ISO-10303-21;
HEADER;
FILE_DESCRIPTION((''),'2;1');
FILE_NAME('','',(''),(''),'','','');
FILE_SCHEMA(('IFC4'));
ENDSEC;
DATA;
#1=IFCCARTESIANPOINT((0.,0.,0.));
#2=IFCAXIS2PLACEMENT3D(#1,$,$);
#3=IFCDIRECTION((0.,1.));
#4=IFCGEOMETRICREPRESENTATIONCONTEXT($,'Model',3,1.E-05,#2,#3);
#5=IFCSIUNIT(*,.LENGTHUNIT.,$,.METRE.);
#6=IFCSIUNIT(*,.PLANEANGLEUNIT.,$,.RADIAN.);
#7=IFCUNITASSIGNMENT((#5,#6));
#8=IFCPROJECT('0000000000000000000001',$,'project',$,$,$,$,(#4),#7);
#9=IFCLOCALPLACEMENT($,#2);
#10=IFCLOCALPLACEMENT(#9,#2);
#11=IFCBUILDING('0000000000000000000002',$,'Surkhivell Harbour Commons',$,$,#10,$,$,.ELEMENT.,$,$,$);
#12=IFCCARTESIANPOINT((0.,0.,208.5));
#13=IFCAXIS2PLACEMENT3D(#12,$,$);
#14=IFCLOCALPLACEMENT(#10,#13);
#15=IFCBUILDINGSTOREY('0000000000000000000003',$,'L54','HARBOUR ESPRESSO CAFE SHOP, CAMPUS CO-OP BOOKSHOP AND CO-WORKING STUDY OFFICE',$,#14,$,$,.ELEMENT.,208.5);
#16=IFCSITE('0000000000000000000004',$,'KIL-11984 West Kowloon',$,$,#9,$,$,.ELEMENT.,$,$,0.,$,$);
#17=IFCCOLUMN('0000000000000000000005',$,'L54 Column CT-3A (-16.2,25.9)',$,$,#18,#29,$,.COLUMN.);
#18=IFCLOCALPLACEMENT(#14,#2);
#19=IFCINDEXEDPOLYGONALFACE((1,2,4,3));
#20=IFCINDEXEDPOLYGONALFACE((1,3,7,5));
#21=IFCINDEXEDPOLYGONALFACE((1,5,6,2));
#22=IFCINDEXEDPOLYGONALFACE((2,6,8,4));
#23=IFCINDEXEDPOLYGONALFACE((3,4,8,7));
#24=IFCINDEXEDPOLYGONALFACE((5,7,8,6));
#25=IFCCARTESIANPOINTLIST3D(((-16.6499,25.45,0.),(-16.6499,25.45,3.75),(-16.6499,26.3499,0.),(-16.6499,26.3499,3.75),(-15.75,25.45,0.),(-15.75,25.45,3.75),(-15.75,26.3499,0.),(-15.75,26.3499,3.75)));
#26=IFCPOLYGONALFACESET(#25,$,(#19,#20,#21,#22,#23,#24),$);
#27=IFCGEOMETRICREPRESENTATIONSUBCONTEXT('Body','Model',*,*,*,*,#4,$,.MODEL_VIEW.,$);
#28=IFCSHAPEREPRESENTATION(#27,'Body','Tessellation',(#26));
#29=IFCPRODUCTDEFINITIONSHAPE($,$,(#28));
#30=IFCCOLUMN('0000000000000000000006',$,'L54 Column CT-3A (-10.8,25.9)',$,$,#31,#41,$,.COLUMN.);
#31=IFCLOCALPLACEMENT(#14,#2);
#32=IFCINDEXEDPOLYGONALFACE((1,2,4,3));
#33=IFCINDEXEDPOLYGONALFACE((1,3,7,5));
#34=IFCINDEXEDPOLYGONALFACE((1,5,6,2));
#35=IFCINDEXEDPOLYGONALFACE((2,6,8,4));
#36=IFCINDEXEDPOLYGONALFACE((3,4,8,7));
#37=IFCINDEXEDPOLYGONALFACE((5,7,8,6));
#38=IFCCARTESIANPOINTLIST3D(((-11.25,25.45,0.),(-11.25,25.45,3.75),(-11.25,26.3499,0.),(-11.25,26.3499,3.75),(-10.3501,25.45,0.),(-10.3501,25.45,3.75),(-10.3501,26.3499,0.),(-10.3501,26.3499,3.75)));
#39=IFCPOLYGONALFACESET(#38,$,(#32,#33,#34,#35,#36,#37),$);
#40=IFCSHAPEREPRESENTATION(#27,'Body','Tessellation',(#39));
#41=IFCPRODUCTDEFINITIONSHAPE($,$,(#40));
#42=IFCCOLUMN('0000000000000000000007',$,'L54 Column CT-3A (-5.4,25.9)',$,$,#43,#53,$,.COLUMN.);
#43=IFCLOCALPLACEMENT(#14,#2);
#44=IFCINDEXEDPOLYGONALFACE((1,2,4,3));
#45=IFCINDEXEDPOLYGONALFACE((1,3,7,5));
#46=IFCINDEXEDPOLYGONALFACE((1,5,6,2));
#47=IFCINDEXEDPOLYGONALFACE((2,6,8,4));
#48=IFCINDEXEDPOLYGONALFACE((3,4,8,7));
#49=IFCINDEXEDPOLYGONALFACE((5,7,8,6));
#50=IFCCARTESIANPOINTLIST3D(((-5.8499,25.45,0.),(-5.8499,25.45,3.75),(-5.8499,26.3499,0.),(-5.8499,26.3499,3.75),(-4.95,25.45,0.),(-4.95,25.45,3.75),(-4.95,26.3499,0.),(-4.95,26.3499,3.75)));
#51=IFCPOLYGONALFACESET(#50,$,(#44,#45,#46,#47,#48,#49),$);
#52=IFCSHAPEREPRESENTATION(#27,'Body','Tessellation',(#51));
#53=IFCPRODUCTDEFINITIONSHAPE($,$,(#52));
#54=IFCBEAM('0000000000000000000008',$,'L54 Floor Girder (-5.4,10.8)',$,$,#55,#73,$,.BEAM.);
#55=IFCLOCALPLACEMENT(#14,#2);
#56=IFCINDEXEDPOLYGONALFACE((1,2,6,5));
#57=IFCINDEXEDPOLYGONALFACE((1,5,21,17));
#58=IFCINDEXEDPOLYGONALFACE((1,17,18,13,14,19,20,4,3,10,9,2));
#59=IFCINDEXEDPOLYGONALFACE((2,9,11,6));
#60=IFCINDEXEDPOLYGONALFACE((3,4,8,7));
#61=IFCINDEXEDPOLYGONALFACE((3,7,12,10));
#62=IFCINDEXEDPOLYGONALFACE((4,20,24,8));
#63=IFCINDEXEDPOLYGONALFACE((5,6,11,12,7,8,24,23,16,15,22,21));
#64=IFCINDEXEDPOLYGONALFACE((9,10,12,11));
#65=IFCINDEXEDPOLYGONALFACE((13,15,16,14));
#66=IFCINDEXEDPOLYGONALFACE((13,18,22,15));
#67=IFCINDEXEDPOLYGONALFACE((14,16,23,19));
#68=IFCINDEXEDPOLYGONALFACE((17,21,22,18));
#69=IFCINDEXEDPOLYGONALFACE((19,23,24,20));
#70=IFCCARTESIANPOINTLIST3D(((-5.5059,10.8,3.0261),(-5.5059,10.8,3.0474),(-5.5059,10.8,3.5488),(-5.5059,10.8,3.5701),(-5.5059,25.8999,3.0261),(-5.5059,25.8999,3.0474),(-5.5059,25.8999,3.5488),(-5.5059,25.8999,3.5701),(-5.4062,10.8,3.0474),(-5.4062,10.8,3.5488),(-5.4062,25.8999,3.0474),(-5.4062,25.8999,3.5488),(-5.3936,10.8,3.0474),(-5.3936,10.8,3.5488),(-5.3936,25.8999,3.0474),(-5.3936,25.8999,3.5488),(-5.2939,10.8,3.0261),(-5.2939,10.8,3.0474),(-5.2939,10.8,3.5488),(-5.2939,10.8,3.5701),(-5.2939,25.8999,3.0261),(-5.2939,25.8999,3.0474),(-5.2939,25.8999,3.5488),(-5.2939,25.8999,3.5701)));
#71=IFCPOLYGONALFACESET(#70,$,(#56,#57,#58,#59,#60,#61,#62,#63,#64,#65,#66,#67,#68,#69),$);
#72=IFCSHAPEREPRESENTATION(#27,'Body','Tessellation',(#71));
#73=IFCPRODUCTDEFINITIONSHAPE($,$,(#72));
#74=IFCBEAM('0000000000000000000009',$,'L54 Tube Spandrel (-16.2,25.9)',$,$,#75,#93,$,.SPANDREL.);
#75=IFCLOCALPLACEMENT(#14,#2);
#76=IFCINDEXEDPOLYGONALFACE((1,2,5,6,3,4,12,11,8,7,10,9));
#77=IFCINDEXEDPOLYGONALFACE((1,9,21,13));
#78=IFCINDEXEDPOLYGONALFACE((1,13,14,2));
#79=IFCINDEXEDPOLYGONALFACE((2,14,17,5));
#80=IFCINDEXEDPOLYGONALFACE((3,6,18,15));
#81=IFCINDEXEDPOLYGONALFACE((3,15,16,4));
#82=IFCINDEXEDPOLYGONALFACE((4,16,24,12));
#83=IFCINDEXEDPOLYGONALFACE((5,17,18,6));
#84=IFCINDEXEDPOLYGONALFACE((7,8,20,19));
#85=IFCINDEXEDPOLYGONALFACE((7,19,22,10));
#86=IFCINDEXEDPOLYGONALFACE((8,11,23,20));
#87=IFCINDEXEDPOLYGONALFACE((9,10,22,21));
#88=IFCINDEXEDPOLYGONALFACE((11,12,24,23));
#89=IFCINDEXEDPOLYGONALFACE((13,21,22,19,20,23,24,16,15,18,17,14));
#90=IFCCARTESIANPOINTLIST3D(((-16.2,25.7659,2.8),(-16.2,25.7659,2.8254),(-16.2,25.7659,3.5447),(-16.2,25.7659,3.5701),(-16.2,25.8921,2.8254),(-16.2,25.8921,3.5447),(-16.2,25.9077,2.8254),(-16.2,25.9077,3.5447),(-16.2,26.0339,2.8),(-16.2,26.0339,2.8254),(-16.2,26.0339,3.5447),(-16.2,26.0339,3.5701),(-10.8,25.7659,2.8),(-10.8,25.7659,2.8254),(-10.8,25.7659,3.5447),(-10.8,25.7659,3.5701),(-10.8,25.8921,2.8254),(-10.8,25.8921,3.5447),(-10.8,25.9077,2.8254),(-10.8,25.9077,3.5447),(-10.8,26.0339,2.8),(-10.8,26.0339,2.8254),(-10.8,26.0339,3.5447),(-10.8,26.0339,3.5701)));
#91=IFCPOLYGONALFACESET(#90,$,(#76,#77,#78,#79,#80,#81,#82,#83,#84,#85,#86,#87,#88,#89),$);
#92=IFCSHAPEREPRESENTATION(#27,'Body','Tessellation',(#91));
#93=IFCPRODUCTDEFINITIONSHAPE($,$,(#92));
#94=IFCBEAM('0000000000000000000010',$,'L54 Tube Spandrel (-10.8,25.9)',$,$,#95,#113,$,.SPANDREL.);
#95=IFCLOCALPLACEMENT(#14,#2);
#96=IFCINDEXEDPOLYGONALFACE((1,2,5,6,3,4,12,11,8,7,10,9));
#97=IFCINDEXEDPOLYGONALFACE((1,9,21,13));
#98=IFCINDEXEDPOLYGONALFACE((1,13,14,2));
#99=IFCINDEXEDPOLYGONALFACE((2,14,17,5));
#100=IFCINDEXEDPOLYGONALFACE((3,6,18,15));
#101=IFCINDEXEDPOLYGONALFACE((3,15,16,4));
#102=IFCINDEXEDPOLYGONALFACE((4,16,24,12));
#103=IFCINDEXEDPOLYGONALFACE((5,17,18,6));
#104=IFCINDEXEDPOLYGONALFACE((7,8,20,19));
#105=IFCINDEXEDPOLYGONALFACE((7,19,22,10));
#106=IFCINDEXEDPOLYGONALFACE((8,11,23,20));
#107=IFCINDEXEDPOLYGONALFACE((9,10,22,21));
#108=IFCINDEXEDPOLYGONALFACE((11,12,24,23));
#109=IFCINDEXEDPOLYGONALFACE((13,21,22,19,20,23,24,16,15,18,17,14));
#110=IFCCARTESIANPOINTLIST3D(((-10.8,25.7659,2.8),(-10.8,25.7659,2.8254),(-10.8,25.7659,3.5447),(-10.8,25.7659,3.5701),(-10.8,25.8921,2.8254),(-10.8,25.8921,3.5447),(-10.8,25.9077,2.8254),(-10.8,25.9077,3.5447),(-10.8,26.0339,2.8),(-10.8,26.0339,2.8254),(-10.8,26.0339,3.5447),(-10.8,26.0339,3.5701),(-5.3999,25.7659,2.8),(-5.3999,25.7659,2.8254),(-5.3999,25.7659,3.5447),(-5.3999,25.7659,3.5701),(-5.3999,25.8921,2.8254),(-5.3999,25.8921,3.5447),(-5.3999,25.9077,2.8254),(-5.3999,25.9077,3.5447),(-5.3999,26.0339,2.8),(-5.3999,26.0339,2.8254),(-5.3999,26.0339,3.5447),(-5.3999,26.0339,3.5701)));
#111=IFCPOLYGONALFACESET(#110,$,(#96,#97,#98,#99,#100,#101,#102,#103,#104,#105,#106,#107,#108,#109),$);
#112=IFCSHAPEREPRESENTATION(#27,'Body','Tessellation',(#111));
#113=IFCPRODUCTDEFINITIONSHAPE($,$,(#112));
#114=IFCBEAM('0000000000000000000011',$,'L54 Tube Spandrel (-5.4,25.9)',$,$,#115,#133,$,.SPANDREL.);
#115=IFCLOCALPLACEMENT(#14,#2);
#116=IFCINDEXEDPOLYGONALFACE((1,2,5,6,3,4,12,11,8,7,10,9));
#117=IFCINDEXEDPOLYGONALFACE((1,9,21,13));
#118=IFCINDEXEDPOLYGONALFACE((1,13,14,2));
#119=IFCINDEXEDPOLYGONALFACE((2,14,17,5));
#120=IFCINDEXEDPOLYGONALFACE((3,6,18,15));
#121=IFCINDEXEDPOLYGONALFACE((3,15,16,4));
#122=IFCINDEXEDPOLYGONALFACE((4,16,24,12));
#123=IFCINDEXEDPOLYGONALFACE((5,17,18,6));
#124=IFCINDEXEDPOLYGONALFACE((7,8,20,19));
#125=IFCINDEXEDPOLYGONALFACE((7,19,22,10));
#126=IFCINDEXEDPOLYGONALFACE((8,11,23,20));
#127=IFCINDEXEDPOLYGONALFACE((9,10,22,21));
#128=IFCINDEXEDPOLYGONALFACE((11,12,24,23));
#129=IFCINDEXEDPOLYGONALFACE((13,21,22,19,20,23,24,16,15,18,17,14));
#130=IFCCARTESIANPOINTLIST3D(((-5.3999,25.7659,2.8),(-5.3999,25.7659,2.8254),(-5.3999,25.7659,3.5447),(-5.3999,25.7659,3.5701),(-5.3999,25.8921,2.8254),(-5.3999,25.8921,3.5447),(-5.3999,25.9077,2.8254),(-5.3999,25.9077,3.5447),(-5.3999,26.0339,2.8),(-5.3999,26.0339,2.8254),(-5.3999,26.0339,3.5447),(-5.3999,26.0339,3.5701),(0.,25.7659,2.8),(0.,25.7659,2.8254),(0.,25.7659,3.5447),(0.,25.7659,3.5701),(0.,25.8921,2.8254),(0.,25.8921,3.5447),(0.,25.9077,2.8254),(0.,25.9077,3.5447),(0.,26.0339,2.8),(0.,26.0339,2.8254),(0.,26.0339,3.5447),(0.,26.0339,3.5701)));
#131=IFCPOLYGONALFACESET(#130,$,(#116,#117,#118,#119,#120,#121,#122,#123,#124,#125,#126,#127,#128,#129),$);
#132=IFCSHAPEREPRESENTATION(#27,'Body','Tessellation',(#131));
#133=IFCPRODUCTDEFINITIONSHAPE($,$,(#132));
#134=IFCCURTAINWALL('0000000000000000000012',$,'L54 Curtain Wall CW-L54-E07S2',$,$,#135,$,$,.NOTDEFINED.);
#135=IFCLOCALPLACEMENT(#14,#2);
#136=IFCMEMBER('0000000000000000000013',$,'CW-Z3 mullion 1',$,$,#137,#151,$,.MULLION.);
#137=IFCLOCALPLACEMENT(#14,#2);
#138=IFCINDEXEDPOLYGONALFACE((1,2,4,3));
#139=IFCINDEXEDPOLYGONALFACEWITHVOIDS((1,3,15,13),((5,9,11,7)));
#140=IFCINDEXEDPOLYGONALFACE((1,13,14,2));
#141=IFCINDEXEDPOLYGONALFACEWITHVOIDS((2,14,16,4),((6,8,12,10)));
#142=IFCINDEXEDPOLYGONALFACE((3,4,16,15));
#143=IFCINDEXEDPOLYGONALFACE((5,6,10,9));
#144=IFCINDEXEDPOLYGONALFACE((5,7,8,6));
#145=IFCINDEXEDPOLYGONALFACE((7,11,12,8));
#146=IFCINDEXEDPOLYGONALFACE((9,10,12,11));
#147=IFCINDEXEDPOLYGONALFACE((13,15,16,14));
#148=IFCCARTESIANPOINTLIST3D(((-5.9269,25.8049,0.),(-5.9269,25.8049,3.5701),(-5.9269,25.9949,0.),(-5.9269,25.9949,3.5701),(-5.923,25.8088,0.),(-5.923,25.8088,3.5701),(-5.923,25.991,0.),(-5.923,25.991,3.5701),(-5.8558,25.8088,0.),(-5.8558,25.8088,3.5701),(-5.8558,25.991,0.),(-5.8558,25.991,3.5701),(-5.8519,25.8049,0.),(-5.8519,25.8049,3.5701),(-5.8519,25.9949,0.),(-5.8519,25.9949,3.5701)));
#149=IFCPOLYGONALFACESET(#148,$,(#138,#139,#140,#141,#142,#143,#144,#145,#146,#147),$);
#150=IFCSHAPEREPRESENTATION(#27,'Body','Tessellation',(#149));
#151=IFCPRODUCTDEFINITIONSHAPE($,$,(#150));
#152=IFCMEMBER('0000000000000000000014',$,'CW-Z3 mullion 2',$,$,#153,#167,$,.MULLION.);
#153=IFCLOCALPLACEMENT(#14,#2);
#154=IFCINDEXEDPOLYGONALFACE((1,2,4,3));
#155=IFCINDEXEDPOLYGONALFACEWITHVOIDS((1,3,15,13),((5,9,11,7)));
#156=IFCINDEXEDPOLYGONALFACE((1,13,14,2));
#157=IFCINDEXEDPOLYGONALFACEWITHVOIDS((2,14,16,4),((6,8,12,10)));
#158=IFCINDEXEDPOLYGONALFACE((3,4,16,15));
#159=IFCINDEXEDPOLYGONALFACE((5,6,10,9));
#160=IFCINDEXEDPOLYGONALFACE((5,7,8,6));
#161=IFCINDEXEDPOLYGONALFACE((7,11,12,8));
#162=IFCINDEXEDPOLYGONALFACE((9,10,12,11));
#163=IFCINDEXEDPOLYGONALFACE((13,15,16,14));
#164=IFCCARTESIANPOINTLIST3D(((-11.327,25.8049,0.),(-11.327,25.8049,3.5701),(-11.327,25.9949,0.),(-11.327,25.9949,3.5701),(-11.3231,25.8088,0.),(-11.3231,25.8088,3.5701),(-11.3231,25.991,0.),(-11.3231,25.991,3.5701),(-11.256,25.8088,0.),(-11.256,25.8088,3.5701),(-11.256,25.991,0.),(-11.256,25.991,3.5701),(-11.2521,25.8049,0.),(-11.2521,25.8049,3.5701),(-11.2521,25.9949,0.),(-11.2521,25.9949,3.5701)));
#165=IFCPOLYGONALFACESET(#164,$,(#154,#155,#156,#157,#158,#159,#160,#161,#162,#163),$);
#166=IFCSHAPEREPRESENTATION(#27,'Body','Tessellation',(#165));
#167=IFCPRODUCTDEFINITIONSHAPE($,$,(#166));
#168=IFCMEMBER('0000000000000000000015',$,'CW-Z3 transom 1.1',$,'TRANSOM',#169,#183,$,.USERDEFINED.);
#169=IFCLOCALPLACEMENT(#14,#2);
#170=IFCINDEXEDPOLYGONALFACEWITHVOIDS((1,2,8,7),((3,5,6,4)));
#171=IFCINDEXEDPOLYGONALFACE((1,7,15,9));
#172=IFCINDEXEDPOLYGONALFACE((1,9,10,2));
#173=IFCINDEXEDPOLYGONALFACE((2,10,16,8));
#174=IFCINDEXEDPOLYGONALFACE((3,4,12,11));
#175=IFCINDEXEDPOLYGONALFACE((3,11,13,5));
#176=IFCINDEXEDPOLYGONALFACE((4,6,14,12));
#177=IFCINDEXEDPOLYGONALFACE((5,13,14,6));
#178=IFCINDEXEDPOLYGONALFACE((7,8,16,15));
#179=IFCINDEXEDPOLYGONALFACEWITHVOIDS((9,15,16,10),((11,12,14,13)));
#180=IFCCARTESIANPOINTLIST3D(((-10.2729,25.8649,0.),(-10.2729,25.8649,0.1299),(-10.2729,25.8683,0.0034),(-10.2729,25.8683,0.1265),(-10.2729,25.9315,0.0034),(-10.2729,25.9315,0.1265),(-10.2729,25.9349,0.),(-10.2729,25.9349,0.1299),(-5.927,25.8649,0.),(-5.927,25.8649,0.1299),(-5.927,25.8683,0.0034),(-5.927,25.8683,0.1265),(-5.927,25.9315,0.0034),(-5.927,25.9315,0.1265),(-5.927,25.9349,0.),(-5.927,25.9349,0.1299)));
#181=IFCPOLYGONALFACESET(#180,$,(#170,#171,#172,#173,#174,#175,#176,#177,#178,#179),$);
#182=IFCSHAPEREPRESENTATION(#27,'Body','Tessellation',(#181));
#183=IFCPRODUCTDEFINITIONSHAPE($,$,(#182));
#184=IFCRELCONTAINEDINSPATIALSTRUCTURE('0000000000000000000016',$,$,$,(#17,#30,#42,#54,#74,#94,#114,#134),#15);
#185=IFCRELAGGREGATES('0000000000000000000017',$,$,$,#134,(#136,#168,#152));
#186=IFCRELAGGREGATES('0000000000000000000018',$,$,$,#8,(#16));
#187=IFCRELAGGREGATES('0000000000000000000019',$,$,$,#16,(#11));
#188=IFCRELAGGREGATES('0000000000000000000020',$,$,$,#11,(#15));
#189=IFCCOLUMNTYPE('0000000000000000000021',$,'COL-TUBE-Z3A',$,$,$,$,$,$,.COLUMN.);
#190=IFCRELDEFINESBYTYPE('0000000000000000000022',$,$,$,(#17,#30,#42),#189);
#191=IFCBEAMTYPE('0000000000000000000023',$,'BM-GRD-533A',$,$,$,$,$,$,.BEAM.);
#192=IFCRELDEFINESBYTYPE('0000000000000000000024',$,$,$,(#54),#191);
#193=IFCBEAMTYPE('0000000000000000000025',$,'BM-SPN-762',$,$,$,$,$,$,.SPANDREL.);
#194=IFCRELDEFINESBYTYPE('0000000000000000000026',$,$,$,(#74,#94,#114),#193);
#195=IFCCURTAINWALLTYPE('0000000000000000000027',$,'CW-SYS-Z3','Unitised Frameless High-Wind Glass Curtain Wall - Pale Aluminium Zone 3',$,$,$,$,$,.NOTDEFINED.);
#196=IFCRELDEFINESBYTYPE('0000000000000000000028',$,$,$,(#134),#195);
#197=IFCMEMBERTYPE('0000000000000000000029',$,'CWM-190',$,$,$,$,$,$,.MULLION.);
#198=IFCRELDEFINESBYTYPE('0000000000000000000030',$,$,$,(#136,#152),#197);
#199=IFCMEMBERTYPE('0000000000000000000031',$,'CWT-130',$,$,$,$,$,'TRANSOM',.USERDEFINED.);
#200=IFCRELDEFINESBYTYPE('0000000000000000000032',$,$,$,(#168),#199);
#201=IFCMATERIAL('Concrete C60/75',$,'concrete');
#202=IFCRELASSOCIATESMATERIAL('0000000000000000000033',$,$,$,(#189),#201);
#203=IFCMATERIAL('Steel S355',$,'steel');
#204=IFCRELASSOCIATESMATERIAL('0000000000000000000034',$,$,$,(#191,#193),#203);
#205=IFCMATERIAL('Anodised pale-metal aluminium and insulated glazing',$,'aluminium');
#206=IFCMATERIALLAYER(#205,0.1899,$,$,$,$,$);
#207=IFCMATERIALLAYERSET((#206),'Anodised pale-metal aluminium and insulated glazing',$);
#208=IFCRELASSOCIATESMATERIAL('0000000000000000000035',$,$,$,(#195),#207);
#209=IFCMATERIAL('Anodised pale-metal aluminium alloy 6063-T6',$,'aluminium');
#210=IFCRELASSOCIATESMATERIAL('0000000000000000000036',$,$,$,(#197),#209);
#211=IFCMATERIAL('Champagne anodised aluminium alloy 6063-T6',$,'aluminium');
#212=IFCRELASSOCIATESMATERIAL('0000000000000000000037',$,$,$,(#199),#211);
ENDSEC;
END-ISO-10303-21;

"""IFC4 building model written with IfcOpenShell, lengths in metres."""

from ifc_helpers import new_model, si_unit, direction, frame, origin, origin_2d, place, context, subcontext, project, spatial, rectangle, hollow_rectangle, i_section, extrude, material, layer, layer_set, material_profile, profile_set, type_object, element, aggregate, save


model = new_model("IFC4")

# Units and contexts
model_context = context("Model", 3, precision=1e-05, world=origin(), true_north=direction((0.0, 1.0)))
body_context = subcontext(model_context, "Body", "Model", "MODEL_VIEW")
ifc_project = project(units=[si_unit("LENGTHUNIT", "METRE"), si_unit("PLANEANGLEUNIT", "RADIAN")], contexts=[model_context])

# Site, building, storey
site_placement = place(None, origin())
site = spatial("IfcSite", under=ifc_project, at=site_placement, Name="KIL-11984 West Kowloon", CompositionType="ELEMENT", RefElevation=0.0)
building_placement = place(site_placement, origin())
building = spatial("IfcBuilding", under=site, at=building_placement, Name="Surkhivell Harbour Commons", CompositionType="ELEMENT")
storey_placement = place(building_placement, frame((0.0, 0.0, 208.5)))
storey = spatial("IfcBuildingStorey", under=building, at=storey_placement, Name="L54", Description="HARBOUR ESPRESSO CAFE SHOP, CAMPUS CO-OP BOOKSHOP AND CO-WORKING STUDY OFFICE", CompositionType="ELEMENT", Elevation=208.5)

# Columns
ifc_material_1 = material(Name="Concrete C60/75", Category="concrete")
ifc_material_profile_1 = material_profile(ifc_material_1, rectangle(XDim=0.8999, YDim=0.8999, at=origin_2d()), Name="RC-COL-900x900")
ifc_profile_set_1 = profile_set([ifc_material_profile_1], Name="Concrete C60/75")
column_type = type_object("IfcColumnType", Name="COL-TUBE-Z3A", PredefinedType="COLUMN", material=ifc_profile_set_1)
for number, where, z_axis, x_axis, name in (
    (1, (-16.2, 25.8999, 0.0), (0.0, 0.0, 1.0), (1.0, 0.0, 0.0), "L54 Column CT-3A (-16.2,25.9)"),
    (2, (-10.8, 25.8999, 0.0), (0.0, 0.0, 1.0), (1.0, 0.0, 0.0), "L54 Column CT-3A (-10.8,25.9)"),
    (3, (-5.3999, 25.8999, 0.0), (0.0, 0.0, 1.0), (1.0, 0.0, 0.0), "L54 Column CT-3A (-5.4,25.9)"),
):
    element("IfcColumn", number, at=place(storey_placement, frame(where, z_axis=z_axis, x_axis=x_axis)), inside=storey, type_object=column_type, Name=name, PredefinedType="COLUMN", context=body_context, shape_type="SweptSolid", body=[
        extrude(rectangle(XDim=0.8999, YDim=0.8999, at=origin_2d()), origin(), (0.0, 0.0, 1.0), 3.75),
    ])

# Beams
ifc_material_2 = material(Name="Steel S355", Category="steel")
ifc_material_profile_2 = material_profile(ifc_material_2, i_section(OverallWidth=0.2119, OverallDepth=0.5439, WebThickness=0.0127, FlangeThickness=0.0212, at=origin_2d()), Name="UB533x210x122")
ifc_profile_set_2 = profile_set([ifc_material_profile_2], Name="Steel S355")
beam_type_1 = type_object("IfcBeamType", Name="BM-GRD-533A", PredefinedType="BEAM", material=ifc_profile_set_2)
beam_1_placement = place(storey_placement, frame((-5.3999, 10.8, 3.2981), z_axis=(0.0, 1.0, 0.0), x_axis=(-1.0, 0.0, 0.0)))
element("IfcBeam", 4, at=beam_1_placement, inside=storey, type_object=beam_type_1, Name="L54 Floor Girder (-5.4,10.8)", PredefinedType="BEAM", context=body_context, shape_type="SweptSolid", body=[
    extrude(i_section(OverallWidth=0.2119, OverallDepth=0.5439, WebThickness=0.0127, FlangeThickness=0.0212, at=origin_2d()), origin(), (0.0, 0.0, 1.0), 15.0999),
])
ifc_material_profile_3 = material_profile(ifc_material_2, i_section(OverallWidth=0.2681, OverallDepth=0.77, WebThickness=0.0156, FlangeThickness=0.0254, at=origin_2d()), Name="UB762x267x197")
ifc_profile_set_3 = profile_set([ifc_material_profile_3], Name="Steel S355")
beam_type_2 = type_object("IfcBeamType", Name="BM-SPN-762", PredefinedType="SPANDREL", material=ifc_profile_set_3)
beam_2_placement = place(storey_placement, frame((-16.2, 25.8999, 3.1851), z_axis=(1.0, 0.0, 0.0), x_axis=(0.0, 1.0, 0.0)))
element("IfcBeam", 5, at=beam_2_placement, inside=storey, type_object=beam_type_2, Name="L54 Tube Spandrel (-16.2,25.9)", PredefinedType="SPANDREL", context=body_context, shape_type="SweptSolid", body=[
    extrude(i_section(OverallWidth=0.2681, OverallDepth=0.77, WebThickness=0.0156, FlangeThickness=0.0254, at=origin_2d()), origin(), (0.0, 0.0, 1.0), 5.3999),
])
beam_3_placement = place(storey_placement, frame((-10.8, 25.8999, 3.1851), z_axis=(1.0, 0.0, 0.0), x_axis=(0.0, 1.0, 0.0)))
element("IfcBeam", 6, at=beam_3_placement, inside=storey, type_object=beam_type_2, Name="L54 Tube Spandrel (-10.8,25.9)", PredefinedType="SPANDREL", context=body_context, shape_type="SweptSolid", body=[
    extrude(i_section(OverallWidth=0.2681, OverallDepth=0.77, WebThickness=0.0156, FlangeThickness=0.0254, at=origin_2d()), origin(), (0.0, 0.0, 1.0), 5.4001),
])
beam_4_placement = place(storey_placement, frame((-5.3999, 25.8999, 3.1851), z_axis=(1.0, 0.0, 0.0), x_axis=(0.0, 1.0, 0.0)))
element("IfcBeam", 7, at=beam_4_placement, inside=storey, type_object=beam_type_2, Name="L54 Tube Spandrel (-5.4,25.9)", PredefinedType="SPANDREL", context=body_context, shape_type="SweptSolid", body=[
    extrude(i_section(OverallWidth=0.2681, OverallDepth=0.77, WebThickness=0.0156, FlangeThickness=0.0254, at=origin_2d()), origin(), (0.0, 0.0, 1.0), 5.3999),
])

# Curtain wall, members
ifc_material_3 = material(Name="Anodised pale-metal aluminium and insulated glazing", Category="aluminium")
ifc_layer_1 = layer(ifc_material_3, 0.1899)
ifc_layer_set_1 = layer_set([ifc_layer_1], Name="Anodised pale-metal aluminium and insulated glazing")
curtain_wall_type = type_object("IfcCurtainWallType", Name="CW-SYS-Z3", Description="Unitised Frameless High-Wind Glass Curtain Wall - Pale Aluminium Zone 3", PredefinedType="NOTDEFINED", material=ifc_layer_set_1)
curtain_wall_placement = place(storey_placement, origin())
curtain_wall = element("IfcCurtainWall", 8, at=curtain_wall_placement, inside=storey, type_object=curtain_wall_type, Name="L54 Curtain Wall CW-L54-E07S2", PredefinedType="NOTDEFINED")
ifc_material_4 = material(Name="Anodised pale-metal aluminium alloy 6063-T6", Category="aluminium")
ifc_material_profile_4 = material_profile(ifc_material_4, hollow_rectangle(XDim=0.075, YDim=0.1899, WallThickness=0.0039, at=origin_2d()), Name="ALU-MULL-75x190")
ifc_profile_set_4 = profile_set([ifc_material_profile_4], Name="Anodised pale-metal aluminium alloy 6063-T6")
member_type_1 = type_object("IfcMemberType", Name="CWM-190", PredefinedType="MULLION", material=ifc_profile_set_4)
member_1_placement = place(storey_placement, frame((-5.8894, 25.8999, 0.0), z_axis=(0.0, 0.0, 1.0), x_axis=(-1.0, 0.0, 0.0)))
member_1 = element("IfcMember", 9, at=member_1_placement, type_object=member_type_1, Name="CW-Z3 mullion 1", PredefinedType="MULLION", context=body_context, shape_type="SweptSolid", body=[
    extrude(hollow_rectangle(XDim=0.075, YDim=0.1899, WallThickness=0.0039, at=origin_2d()), origin(), (0.0, 0.0, 1.0), 3.5701),
])
member_2_placement = place(storey_placement, frame((-11.2896, 25.8999, 0.0), z_axis=(0.0, 0.0, 1.0), x_axis=(-1.0, 0.0, 0.0)))
member_2 = element("IfcMember", 10, at=member_2_placement, type_object=member_type_1, Name="CW-Z3 mullion 2", PredefinedType="MULLION", context=body_context, shape_type="SweptSolid", body=[
    extrude(hollow_rectangle(XDim=0.075, YDim=0.1899, WallThickness=0.0039, at=origin_2d()), origin(), (0.0, 0.0, 1.0), 3.5701),
])
ifc_material_5 = material(Name="Champagne anodised aluminium alloy 6063-T6", Category="aluminium")
ifc_material_profile_5 = material_profile(ifc_material_5, hollow_rectangle(XDim=0.0701, YDim=0.1299, WallThickness=0.0034, at=origin_2d()), Name="ALU-TRAN-70x130")
ifc_profile_set_5 = profile_set([ifc_material_profile_5], Name="Champagne anodised aluminium alloy 6063-T6")
member_type_2 = type_object("IfcMemberType", Name="CWT-130", ElementType="TRANSOM", PredefinedType="USERDEFINED", material=ifc_profile_set_5)
member_3_placement = place(storey_placement, frame((-5.927, 25.8999, 0.0649), z_axis=(-1.0, 0.0, 0.0), x_axis=(0.0, -1.0, 0.0)))
member_3 = element("IfcMember", 11, at=member_3_placement, type_object=member_type_2, Name="CW-Z3 transom 1.1", ObjectType="TRANSOM", PredefinedType="USERDEFINED", context=body_context, shape_type="SweptSolid", body=[
    extrude(hollow_rectangle(XDim=0.0701, YDim=0.1299, WallThickness=0.0034, at=origin_2d()), origin(), (0.0, 0.0, 1.0), 4.3459),
])

aggregate(curtain_wall, [member_1, member_3, member_2])

save(model, "model.ifc")
